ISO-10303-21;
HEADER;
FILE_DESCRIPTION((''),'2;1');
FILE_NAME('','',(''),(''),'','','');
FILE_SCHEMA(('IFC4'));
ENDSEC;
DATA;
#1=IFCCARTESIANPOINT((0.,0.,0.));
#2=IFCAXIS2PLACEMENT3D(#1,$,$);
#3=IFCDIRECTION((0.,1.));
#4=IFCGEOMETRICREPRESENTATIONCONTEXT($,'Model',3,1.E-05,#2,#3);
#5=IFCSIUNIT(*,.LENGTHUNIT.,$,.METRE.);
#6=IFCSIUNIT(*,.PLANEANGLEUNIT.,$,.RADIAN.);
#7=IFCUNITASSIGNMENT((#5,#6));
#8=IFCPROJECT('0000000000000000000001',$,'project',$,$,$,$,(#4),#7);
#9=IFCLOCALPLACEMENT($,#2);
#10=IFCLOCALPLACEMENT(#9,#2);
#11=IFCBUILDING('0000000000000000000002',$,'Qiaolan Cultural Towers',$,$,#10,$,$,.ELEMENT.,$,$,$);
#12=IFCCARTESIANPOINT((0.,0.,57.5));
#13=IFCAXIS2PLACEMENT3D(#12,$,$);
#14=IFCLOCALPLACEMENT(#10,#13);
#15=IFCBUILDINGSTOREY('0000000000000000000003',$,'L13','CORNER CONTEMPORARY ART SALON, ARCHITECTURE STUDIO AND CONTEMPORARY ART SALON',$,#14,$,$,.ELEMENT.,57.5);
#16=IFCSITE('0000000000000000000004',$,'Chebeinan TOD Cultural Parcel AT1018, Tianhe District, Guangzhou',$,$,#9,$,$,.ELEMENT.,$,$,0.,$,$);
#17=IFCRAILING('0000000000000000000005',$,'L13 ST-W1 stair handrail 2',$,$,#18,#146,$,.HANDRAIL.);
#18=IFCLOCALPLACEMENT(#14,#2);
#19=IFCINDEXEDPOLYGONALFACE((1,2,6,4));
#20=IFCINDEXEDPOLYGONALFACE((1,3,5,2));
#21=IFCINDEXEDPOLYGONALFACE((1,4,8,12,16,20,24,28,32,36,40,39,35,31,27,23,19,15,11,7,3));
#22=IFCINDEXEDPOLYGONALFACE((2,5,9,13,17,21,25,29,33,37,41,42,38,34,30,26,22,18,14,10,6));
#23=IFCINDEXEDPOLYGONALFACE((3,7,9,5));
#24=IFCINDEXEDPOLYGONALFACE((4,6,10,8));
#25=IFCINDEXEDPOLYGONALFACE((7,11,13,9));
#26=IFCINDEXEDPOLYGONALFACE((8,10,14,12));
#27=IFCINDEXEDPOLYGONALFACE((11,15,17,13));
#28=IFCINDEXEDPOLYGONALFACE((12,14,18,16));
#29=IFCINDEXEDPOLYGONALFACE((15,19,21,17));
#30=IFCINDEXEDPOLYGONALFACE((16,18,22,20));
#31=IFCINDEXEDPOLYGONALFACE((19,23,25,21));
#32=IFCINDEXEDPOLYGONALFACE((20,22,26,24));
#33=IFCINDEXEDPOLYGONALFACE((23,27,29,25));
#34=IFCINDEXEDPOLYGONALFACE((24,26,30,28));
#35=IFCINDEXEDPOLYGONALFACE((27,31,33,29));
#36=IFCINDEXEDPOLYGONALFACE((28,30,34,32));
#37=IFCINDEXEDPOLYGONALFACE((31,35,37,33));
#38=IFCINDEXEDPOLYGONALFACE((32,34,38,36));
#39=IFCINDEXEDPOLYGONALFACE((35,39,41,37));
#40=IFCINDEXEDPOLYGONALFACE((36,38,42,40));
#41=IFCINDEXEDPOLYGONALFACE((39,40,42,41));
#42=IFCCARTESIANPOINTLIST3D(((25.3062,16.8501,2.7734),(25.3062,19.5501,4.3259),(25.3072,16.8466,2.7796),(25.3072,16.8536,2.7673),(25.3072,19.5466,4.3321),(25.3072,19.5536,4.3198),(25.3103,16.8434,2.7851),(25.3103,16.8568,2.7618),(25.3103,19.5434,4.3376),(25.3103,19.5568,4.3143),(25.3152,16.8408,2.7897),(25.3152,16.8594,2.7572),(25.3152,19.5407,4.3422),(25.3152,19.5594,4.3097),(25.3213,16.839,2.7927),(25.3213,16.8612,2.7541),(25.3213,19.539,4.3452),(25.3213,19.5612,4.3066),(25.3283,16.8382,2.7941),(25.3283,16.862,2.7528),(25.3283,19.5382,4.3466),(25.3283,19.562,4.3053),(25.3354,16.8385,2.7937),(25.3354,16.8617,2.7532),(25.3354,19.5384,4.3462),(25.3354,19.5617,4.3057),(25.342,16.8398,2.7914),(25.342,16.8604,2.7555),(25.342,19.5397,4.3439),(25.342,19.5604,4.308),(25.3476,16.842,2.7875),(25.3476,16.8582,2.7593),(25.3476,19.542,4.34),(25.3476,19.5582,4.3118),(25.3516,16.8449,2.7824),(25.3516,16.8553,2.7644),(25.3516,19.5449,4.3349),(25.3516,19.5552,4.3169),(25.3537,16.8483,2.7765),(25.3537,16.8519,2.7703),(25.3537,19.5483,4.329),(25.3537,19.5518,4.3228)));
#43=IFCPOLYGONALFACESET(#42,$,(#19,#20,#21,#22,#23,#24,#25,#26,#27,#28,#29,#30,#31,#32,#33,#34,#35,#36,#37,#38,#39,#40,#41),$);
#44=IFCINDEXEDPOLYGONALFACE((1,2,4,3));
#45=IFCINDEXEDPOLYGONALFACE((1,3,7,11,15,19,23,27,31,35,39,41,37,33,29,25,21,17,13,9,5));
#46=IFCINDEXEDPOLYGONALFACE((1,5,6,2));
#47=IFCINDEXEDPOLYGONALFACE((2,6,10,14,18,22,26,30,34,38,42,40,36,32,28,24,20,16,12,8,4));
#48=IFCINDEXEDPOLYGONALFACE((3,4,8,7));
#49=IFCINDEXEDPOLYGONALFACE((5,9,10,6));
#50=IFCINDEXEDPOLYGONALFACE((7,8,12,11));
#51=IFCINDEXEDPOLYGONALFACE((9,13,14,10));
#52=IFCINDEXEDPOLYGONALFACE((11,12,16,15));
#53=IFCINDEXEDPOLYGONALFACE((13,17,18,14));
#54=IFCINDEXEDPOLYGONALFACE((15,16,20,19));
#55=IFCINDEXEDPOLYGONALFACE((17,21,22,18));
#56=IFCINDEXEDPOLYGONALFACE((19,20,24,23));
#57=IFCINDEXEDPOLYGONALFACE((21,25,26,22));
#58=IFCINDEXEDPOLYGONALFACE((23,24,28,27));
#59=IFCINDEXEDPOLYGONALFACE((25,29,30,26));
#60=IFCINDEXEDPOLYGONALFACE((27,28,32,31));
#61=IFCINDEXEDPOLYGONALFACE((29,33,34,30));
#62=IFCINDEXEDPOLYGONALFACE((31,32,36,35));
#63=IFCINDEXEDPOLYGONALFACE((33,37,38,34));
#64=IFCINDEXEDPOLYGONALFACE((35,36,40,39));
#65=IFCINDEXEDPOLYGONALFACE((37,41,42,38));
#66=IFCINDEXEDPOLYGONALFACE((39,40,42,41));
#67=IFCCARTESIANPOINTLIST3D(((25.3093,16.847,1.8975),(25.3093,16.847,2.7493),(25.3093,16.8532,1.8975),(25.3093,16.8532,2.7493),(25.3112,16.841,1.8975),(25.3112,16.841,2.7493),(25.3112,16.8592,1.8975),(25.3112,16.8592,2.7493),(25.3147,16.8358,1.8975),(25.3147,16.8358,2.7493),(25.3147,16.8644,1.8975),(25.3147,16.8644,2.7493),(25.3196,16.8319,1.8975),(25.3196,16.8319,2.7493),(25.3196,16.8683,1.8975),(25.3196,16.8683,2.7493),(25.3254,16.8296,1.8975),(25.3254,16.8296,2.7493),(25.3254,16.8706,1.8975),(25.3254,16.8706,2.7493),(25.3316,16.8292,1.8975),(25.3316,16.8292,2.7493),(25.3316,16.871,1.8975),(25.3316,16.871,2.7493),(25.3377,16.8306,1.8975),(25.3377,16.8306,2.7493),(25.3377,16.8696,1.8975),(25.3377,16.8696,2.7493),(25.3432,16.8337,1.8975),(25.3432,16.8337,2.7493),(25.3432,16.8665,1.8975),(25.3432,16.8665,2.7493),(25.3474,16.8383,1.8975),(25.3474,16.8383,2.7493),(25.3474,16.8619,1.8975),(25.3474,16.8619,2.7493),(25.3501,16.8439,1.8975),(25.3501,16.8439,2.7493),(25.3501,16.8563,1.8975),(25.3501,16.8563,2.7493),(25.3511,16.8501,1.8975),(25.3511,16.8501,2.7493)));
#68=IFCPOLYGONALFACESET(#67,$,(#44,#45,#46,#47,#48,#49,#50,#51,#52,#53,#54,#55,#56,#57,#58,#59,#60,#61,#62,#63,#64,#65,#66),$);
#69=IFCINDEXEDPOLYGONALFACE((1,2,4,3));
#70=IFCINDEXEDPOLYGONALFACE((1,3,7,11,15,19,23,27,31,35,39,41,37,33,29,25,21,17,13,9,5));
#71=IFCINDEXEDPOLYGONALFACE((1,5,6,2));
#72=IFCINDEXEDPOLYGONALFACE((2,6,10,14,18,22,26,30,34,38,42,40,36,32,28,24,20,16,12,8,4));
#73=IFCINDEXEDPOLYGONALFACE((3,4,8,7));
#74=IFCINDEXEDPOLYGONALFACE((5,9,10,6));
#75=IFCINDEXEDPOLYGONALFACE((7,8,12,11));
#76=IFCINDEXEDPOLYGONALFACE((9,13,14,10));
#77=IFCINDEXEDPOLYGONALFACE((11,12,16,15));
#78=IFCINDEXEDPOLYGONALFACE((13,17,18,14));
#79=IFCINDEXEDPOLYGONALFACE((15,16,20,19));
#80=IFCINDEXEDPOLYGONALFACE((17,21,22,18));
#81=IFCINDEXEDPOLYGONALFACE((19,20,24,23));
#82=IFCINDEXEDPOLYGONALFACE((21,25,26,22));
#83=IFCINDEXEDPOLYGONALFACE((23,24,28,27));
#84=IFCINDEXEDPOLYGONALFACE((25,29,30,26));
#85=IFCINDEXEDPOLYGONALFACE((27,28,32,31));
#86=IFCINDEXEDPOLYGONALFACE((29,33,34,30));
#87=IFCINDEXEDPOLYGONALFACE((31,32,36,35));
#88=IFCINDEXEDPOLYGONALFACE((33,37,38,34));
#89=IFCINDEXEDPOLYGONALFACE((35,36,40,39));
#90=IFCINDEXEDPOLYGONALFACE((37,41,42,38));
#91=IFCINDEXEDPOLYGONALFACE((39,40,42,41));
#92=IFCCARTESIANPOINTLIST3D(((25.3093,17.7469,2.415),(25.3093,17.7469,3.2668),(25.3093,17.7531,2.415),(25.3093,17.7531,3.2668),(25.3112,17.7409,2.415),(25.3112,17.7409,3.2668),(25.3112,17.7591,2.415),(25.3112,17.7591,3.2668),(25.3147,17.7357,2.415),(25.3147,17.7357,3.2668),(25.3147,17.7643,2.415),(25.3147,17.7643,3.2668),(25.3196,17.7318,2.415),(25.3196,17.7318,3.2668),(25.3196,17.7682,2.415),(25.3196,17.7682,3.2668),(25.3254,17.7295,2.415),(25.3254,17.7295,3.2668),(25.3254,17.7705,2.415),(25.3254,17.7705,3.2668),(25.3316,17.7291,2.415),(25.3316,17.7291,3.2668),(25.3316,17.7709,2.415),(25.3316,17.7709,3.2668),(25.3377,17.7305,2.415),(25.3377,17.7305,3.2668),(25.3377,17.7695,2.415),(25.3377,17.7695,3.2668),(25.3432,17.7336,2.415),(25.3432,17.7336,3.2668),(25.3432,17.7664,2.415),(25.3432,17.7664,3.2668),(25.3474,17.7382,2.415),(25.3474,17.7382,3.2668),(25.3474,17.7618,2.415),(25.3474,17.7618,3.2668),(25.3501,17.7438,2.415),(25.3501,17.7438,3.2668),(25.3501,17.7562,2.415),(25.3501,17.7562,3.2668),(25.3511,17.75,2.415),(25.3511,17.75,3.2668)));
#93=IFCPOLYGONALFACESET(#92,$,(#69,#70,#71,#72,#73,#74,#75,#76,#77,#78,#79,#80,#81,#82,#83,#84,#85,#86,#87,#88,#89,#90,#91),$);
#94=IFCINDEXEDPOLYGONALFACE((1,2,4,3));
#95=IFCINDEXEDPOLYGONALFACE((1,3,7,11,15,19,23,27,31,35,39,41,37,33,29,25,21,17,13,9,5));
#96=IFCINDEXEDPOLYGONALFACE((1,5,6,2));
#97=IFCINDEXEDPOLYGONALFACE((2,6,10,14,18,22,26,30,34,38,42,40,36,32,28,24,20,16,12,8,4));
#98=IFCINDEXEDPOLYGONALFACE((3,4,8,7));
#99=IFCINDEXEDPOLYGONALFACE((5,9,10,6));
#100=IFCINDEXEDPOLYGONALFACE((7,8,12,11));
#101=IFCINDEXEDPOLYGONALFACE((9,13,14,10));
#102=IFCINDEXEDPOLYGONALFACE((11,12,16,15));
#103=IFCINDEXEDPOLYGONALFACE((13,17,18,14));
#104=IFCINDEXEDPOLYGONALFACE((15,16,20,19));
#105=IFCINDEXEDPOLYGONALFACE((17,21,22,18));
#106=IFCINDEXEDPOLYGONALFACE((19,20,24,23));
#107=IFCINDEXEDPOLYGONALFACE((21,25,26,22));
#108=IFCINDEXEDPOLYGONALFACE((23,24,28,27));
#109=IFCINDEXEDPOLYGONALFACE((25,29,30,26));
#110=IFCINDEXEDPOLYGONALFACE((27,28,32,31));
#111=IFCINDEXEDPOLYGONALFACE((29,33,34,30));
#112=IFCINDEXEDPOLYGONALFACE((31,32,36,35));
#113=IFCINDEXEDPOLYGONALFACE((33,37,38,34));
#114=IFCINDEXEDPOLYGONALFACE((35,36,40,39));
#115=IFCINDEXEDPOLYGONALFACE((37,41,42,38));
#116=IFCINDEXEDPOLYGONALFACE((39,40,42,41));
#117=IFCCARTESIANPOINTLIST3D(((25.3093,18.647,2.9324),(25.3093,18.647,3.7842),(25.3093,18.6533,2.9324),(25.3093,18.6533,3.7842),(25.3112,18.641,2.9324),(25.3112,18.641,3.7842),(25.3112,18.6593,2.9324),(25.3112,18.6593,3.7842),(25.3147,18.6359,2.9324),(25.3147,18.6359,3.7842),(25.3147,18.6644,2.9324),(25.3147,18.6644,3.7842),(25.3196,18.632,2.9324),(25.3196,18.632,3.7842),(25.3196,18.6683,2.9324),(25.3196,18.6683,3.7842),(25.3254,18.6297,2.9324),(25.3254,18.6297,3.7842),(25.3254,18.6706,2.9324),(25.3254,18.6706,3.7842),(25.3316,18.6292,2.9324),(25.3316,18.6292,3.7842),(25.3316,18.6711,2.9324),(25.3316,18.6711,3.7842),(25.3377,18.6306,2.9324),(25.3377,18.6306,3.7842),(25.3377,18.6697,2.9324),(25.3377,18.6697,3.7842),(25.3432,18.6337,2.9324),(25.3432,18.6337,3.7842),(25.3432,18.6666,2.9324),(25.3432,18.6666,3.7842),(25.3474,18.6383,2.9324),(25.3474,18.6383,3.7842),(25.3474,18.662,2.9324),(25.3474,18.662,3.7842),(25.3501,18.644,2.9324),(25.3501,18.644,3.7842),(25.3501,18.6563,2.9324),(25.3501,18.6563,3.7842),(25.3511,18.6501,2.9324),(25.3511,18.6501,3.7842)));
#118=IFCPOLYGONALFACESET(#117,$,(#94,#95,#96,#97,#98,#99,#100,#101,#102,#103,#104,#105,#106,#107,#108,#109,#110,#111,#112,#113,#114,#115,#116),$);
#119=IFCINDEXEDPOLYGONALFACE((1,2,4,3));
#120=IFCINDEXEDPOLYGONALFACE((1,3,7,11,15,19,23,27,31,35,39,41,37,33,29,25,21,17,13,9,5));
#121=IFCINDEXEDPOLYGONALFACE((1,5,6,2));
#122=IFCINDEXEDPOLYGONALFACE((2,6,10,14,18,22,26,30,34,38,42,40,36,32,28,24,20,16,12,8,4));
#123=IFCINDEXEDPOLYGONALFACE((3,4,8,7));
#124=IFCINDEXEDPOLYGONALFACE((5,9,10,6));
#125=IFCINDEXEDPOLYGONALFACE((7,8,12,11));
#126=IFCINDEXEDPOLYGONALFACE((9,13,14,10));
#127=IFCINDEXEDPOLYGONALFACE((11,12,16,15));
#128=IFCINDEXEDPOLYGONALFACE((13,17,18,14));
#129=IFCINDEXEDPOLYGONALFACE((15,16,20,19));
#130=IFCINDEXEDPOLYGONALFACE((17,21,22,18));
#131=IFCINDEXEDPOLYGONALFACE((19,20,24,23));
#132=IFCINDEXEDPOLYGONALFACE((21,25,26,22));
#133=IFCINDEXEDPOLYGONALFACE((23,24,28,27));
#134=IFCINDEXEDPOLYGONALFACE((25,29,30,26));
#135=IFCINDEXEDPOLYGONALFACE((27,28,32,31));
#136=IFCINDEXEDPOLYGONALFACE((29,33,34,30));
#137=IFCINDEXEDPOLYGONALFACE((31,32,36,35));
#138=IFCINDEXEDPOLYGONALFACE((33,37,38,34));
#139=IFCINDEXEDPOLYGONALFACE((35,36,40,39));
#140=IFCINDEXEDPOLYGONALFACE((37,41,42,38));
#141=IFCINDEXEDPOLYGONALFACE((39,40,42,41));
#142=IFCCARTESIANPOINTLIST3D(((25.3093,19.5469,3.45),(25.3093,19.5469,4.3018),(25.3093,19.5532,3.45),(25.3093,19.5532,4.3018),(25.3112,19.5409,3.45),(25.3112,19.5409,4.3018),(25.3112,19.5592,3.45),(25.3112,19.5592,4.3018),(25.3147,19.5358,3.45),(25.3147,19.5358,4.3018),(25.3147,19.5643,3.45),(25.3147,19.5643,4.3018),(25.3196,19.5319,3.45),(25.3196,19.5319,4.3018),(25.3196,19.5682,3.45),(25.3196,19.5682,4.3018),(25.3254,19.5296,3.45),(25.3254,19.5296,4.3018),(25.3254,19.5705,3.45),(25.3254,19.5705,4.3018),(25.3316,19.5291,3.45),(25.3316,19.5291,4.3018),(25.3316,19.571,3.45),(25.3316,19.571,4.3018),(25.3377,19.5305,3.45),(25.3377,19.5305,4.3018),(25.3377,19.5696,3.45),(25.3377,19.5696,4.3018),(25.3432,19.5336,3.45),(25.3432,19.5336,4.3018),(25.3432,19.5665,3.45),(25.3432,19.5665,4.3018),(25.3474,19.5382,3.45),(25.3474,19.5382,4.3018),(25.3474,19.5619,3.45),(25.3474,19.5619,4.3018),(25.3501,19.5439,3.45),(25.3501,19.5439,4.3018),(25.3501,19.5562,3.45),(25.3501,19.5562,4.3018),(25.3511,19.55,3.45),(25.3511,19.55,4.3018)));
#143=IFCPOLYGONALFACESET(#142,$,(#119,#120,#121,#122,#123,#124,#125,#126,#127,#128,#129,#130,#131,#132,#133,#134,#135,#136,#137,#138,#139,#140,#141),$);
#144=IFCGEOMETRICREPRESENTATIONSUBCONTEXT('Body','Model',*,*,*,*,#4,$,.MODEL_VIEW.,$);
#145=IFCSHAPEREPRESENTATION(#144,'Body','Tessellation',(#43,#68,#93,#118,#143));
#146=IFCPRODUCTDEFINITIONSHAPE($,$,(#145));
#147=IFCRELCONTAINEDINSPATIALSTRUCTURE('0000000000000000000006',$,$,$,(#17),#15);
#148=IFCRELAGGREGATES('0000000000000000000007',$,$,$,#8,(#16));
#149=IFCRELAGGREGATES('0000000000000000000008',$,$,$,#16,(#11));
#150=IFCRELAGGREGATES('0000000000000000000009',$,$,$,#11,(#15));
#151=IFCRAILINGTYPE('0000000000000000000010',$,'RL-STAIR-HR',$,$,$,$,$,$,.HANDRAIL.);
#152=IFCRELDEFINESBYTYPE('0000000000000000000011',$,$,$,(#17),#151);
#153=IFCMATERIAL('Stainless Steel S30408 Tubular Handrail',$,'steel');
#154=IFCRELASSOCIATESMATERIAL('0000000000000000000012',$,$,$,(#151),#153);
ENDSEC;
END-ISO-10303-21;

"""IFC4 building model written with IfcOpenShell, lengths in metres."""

from ifc_helpers import new_model, si_unit, direction, frame, origin, origin_2d, place, context, subcontext, project, spatial, circle, extrude, material, type_object, element, save


model = new_model("IFC4")

# Units and contexts
model_context = context("Model", 3, precision=1e-05, world=origin(), true_north=direction((0.0, 1.0)))
body_context = subcontext(model_context, "Body", "Model", "MODEL_VIEW")
ifc_project = project(units=[si_unit("LENGTHUNIT", "METRE"), si_unit("PLANEANGLEUNIT", "RADIAN")], contexts=[model_context])

# Site, building, storey
site_placement = place(None, origin())
site = spatial("IfcSite", under=ifc_project, at=site_placement, Name="Chebeinan TOD Cultural Parcel AT1018, Tianhe District, Guangzhou", CompositionType="ELEMENT", RefElevation=0.0)
building_placement = place(site_placement, origin())
building = spatial("IfcBuilding", under=site, at=building_placement, Name="Qiaolan Cultural Towers", CompositionType="ELEMENT")
storey_placement = place(building_placement, frame((0.0, 0.0, 57.5)))
storey = spatial("IfcBuildingStorey", under=building, at=storey_placement, Name="L13", Description="CORNER CONTEMPORARY ART SALON, ARCHITECTURE STUDIO AND CONTEMPORARY ART SALON", CompositionType="ELEMENT", Elevation=57.5)

# Railing
ifc_material_1 = material(Name="Stainless Steel S30408 Tubular Handrail", Category="steel")
railing_type_1 = type_object("IfcRailingType", Name="RL-STAIR-HR", PredefinedType="HANDRAIL", material=ifc_material_1)
railing_1_placement = place(storey_placement, frame((25.3301, 16.8501, 1.8975)))
element("IfcRailing", 1, at=railing_1_placement, inside=storey, type_object=railing_type_1, Name="L13 ST-W1 stair handrail 2", PredefinedType="HANDRAIL", context=body_context, shape_type="SweptSolid", body=[
    extrude(circle(Radius=0.0239, at=origin_2d()), frame((0.0, 0.0, 0.876), z_axis=(0.0, 0.866904, 0.498476), x_axis=(-1.0, 0.0, 0.0)), (0.0, 0.0, 1.0), 3.1145),
    extrude(circle(Radius=0.021, at=origin_2d()), origin(), (0.0, 0.0, 1.0), 0.8518),
    extrude(circle(Radius=0.021, at=origin_2d()), frame((0.0, 0.8999, 0.5176)), (0.0, 0.0, 1.0), 0.8518),
    extrude(circle(Radius=0.021, at=origin_2d()), frame((0.0, 1.8, 1.0349)), (0.0, 0.0, 1.0), 0.8518),
    extrude(circle(Radius=0.021, at=origin_2d()), frame((0.0, 2.7, 1.5525)), (0.0, 0.0, 1.0), 0.8518),
])

save(model, "model.ifc")
